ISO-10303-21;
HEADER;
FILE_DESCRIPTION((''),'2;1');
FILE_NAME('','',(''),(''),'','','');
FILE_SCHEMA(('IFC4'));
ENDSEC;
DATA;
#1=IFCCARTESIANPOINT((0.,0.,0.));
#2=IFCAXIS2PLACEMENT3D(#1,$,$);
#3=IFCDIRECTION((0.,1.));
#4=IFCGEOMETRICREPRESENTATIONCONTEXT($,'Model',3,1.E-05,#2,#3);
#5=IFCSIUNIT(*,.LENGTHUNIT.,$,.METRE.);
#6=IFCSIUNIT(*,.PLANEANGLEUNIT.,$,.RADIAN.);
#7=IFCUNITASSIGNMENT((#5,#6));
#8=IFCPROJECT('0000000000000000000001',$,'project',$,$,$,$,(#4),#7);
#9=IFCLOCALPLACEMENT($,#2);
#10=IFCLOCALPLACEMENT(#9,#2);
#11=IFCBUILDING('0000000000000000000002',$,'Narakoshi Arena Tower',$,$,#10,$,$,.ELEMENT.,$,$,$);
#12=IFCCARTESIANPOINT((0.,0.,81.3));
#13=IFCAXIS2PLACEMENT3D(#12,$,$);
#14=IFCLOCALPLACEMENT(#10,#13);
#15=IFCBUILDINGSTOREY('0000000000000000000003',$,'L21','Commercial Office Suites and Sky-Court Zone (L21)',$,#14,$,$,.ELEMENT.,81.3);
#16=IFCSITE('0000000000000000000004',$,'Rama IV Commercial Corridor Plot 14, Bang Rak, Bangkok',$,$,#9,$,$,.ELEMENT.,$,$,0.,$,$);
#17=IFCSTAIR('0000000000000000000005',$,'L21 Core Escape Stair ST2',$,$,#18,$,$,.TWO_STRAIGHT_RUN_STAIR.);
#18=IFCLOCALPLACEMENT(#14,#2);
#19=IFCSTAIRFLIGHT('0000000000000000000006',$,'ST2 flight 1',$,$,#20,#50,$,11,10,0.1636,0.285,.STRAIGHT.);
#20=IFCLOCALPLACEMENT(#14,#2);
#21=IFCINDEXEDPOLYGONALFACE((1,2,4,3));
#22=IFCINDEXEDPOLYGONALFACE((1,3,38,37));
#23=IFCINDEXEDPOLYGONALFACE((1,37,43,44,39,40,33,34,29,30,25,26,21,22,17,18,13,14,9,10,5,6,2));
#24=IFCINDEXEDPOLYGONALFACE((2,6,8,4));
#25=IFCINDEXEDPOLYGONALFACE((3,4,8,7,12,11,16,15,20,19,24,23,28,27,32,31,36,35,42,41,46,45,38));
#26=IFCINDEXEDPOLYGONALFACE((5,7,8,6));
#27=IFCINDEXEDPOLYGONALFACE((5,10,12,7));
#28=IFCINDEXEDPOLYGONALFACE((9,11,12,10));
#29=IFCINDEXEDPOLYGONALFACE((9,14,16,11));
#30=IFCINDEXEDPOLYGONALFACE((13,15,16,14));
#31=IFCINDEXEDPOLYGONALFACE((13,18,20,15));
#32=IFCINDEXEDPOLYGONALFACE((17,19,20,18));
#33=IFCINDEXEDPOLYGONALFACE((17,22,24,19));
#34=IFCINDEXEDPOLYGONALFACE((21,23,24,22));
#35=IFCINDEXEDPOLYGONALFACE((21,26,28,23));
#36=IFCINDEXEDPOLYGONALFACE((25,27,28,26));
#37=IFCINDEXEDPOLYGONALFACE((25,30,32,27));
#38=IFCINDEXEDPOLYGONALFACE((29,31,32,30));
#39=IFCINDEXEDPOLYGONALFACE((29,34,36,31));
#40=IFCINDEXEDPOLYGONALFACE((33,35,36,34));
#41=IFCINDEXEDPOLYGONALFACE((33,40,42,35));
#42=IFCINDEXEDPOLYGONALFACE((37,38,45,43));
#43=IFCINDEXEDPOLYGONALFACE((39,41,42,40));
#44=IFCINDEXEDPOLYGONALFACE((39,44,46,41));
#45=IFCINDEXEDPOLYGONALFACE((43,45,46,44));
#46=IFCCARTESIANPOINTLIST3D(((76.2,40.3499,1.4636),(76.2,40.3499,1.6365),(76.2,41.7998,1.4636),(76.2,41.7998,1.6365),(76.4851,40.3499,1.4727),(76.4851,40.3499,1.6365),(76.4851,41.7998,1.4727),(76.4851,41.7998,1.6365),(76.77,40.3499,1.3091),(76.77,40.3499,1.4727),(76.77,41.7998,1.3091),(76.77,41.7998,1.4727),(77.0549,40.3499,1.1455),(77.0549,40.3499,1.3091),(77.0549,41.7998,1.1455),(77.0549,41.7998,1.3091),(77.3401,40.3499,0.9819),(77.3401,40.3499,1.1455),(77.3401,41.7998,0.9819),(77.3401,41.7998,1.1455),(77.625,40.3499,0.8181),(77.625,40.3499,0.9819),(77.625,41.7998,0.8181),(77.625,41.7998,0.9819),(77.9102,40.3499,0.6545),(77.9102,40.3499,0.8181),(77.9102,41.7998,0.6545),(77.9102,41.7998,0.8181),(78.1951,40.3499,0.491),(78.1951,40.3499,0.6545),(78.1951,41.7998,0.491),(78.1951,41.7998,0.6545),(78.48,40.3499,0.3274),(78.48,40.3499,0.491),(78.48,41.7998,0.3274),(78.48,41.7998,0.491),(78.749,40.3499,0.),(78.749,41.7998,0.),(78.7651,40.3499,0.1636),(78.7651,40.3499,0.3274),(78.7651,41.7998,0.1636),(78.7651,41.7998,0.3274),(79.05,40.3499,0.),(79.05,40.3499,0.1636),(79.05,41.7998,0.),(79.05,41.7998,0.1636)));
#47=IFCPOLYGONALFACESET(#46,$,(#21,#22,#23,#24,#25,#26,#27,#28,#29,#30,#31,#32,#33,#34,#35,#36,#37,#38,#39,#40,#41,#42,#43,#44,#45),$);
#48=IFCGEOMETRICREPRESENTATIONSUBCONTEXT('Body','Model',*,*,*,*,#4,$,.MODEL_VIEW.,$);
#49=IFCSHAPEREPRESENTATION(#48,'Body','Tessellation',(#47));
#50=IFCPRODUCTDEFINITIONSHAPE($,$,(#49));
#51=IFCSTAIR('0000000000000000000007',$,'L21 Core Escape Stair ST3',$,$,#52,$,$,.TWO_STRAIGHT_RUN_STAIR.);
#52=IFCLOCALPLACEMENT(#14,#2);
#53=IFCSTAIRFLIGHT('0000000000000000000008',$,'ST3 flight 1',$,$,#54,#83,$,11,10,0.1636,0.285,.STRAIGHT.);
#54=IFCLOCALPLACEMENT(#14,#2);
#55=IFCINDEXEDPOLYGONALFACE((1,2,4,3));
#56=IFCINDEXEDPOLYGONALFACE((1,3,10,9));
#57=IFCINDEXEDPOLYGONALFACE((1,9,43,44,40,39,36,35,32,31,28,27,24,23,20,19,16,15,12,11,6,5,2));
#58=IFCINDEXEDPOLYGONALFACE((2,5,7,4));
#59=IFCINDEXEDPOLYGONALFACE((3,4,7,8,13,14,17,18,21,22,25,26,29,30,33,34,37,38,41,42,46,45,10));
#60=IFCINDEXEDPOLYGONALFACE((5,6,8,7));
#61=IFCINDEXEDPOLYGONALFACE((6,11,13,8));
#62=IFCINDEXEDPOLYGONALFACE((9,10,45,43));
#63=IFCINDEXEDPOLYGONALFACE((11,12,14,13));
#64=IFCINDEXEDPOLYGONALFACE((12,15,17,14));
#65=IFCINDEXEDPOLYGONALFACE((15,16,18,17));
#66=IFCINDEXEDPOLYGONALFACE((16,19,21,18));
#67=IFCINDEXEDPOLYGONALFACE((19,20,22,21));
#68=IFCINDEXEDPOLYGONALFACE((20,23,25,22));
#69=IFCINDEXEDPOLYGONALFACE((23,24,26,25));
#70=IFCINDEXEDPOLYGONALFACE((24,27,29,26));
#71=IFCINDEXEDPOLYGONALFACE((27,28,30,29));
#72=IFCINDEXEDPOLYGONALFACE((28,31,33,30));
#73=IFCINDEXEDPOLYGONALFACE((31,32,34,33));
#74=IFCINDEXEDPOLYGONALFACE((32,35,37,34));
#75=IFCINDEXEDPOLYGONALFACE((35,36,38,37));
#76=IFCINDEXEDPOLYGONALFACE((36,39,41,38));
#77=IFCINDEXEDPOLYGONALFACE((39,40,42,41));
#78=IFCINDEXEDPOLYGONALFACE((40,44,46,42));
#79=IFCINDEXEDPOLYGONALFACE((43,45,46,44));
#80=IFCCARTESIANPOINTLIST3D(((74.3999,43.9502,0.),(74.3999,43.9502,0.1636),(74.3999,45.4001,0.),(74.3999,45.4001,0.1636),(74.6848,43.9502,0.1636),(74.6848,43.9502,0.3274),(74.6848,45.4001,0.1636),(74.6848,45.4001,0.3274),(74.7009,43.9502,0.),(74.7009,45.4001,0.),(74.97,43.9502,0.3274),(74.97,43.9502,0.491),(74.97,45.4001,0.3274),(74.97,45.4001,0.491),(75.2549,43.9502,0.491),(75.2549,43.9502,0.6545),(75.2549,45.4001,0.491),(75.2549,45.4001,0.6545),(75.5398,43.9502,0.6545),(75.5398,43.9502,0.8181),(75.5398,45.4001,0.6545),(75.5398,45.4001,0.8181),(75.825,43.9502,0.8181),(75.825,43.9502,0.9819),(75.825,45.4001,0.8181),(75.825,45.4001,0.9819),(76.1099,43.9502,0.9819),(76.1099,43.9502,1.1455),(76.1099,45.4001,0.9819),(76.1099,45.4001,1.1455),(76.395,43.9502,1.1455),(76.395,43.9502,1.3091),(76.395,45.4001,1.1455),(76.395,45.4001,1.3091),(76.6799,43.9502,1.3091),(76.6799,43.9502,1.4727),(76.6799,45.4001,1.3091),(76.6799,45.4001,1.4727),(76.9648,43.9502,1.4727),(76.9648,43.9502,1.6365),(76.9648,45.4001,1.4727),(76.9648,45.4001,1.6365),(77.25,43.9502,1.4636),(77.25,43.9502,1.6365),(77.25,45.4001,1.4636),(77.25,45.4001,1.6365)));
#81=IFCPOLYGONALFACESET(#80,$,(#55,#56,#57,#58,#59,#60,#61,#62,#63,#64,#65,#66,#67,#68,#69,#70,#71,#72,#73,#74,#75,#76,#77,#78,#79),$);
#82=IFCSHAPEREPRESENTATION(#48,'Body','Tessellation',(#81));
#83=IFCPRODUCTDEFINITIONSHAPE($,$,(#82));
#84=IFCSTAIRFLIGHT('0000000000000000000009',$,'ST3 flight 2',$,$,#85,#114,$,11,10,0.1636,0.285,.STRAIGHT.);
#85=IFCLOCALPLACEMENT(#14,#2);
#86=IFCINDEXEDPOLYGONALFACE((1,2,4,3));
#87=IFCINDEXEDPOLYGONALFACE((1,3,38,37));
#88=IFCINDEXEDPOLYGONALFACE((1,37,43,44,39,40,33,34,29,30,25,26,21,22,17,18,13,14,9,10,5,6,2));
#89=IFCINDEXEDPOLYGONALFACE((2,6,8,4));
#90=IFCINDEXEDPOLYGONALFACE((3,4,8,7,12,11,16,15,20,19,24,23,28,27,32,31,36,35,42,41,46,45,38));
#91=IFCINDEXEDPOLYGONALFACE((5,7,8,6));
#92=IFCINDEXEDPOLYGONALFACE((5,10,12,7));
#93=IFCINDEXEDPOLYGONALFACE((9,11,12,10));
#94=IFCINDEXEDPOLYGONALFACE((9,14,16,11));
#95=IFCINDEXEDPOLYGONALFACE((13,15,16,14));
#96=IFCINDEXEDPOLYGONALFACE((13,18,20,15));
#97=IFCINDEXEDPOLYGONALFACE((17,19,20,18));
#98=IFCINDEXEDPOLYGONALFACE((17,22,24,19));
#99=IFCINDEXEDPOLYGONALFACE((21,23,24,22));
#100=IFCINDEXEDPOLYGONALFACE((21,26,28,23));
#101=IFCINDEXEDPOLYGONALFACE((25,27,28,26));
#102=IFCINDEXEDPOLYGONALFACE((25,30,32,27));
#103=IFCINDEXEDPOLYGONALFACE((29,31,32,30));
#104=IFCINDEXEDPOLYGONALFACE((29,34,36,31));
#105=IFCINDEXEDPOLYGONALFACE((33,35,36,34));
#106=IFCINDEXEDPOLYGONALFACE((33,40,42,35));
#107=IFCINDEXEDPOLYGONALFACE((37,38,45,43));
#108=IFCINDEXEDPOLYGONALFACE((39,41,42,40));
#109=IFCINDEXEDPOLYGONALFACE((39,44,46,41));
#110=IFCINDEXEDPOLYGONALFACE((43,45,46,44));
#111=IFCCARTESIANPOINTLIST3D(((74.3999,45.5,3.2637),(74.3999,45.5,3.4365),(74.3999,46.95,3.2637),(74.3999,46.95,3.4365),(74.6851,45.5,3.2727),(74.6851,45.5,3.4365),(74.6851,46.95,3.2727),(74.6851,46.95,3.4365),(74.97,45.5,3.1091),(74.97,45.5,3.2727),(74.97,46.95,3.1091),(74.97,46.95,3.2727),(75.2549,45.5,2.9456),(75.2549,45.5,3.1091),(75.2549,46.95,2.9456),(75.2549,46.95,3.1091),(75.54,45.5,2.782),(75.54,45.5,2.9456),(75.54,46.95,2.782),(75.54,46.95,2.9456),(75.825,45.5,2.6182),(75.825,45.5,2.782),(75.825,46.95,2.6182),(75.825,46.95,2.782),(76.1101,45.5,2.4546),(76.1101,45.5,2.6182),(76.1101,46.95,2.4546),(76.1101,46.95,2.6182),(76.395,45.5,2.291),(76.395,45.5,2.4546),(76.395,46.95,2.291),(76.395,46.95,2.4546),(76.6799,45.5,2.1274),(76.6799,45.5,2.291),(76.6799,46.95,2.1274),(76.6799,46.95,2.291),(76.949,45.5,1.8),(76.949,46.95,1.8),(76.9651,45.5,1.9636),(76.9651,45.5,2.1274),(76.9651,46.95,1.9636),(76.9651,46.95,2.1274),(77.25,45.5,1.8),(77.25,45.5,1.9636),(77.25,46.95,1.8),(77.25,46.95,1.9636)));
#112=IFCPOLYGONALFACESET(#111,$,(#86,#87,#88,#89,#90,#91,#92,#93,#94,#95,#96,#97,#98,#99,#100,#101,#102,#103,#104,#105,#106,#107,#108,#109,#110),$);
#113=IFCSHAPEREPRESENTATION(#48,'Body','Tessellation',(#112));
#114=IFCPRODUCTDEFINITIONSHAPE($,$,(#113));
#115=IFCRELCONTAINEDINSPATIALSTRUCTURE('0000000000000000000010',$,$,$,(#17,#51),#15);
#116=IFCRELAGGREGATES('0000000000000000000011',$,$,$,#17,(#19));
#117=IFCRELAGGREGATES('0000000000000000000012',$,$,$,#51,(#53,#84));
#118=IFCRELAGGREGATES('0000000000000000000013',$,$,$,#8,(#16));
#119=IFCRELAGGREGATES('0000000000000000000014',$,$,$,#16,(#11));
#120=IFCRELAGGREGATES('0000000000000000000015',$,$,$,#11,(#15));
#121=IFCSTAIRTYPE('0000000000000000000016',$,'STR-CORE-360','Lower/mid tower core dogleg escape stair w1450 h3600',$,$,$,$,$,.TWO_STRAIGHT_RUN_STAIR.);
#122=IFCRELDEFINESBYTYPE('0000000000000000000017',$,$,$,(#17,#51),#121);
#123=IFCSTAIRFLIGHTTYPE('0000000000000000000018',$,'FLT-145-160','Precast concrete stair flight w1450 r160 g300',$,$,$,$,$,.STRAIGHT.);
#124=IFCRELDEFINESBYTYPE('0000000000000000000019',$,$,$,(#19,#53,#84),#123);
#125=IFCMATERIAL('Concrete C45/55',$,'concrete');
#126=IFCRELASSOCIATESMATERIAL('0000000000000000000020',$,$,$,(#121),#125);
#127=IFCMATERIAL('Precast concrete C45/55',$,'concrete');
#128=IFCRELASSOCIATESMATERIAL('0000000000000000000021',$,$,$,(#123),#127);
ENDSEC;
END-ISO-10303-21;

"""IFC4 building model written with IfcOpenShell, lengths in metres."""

from ifc_helpers import new_model, si_unit, direction, frame, origin, place, context, subcontext, project, spatial, polyline, outline, extrude, material, type_object, element, aggregate, save


model = new_model("IFC4")

# Units and contexts
model_context = context("Model", 3, precision=1e-05, world=origin(), true_north=direction((0.0, 1.0)))
body_context = subcontext(model_context, "Body", "Model", "MODEL_VIEW")
ifc_project = project(units=[si_unit("LENGTHUNIT", "METRE"), si_unit("PLANEANGLEUNIT", "RADIAN")], contexts=[model_context])

# Site, building, storey
site_placement = place(None, origin())
site = spatial("IfcSite", under=ifc_project, at=site_placement, Name="Rama IV Commercial Corridor Plot 14, Bang Rak, Bangkok", CompositionType="ELEMENT", RefElevation=0.0)
building_placement = place(site_placement, origin())
building = spatial("IfcBuilding", under=site, at=building_placement, Name="Narakoshi Arena Tower", CompositionType="ELEMENT")
storey_placement = place(building_placement, frame((0.0, 0.0, 81.3)))
storey = spatial("IfcBuildingStorey", under=building, at=storey_placement, Name="L21", Description="Commercial Office Suites and Sky-Court Zone (L21)", CompositionType="ELEMENT", Elevation=81.3)

# Stair, stair flight
ifc_material_1 = material(Name="Concrete C45/55", Category="concrete")
stair_type = type_object("IfcStairType", Name="STR-CORE-360", Description="Lower/mid tower core dogleg escape stair w1450 h3600", PredefinedType="TWO_STRAIGHT_RUN_STAIR", material=ifc_material_1)
stair_1_placement = place(storey_placement, origin())
stair_1 = element("IfcStair", 1, at=stair_1_placement, inside=storey, type_object=stair_type, Name="L21 Core Escape Stair ST2", PredefinedType="TWO_STRAIGHT_RUN_STAIR")
ifc_material_2 = material(Name="Precast concrete C45/55", Category="concrete")
stair_flight_type = type_object("IfcStairFlightType", Name="FLT-145-160", Description="Precast concrete stair flight w1450 r160 g300", PredefinedType="STRAIGHT", material=ifc_material_2)
stair_flight_1_placement = place(storey_placement, frame((79.05, 41.075, 0.0), z_axis=(0.0, 0.0, 1.0), x_axis=(-1.0, 0.0, 0.0)))
stair_flight_1 = element("IfcStairFlight", 2, at=stair_flight_1_placement, type_object=stair_flight_type, Name="ST2 flight 1", NumberOfRisers=11, NumberOfTreads=10, PredefinedType="STRAIGHT", RiserHeight=0.1636, TreadLength=0.285, context=body_context, shape_type="SweptSolid", body=[
    extrude(outline(polyline([(0.0, 0.0), (0.0, 0.1636), (0.2849, 0.1636), (0.2849, 0.3274), (0.5701, 0.3274), (0.5701, 0.491), (0.855, 0.491), (0.855, 0.6545), (1.1399, 0.6545), (1.1399, 0.8181), (1.425, 0.8181), (1.425, 0.9819), (1.71, 0.9819), (1.71, 1.1455), (1.9951, 1.1455), (1.9951, 1.3091), (2.28, 1.3091), (2.28, 1.4727), (2.5649, 1.4727), (2.5649, 1.6365), (2.8501, 1.6365), (2.8501, 1.8), (2.8501, 1.4636), (0.301, 0.0), (0.0, 0.0)])), frame((0.0, 0.7251, 0.0), z_axis=(0.0, -1.0, 0.0), x_axis=(1.0, 0.0, 0.0)), (0.0, 0.0, 1.0), 1.45),
])
aggregate(stair_1, [stair_flight_1])

# Stair, stair flights
stair_2_placement = place(storey_placement, origin())
stair_2 = element("IfcStair", 3, at=stair_2_placement, inside=storey, type_object=stair_type, Name="L21 Core Escape Stair ST3", PredefinedType="TWO_STRAIGHT_RUN_STAIR")
stair_flight_2_placement = place(storey_placement, frame((74.3999, 44.675, 0.0), z_axis=(0.0, 0.0, 1.0), x_axis=(1.0, 0.0, 0.0)))
stair_flight_2 = element("IfcStairFlight", 4, at=stair_flight_2_placement, type_object=stair_flight_type, Name="ST3 flight 1", NumberOfRisers=11, NumberOfTreads=10, PredefinedType="STRAIGHT", RiserHeight=0.1636, TreadLength=0.285, context=body_context, shape_type="SweptSolid", body=[
    extrude(outline(polyline([(0.0, 0.0), (0.0, 0.1636), (0.2849, 0.1636), (0.2849, 0.3274), (0.5701, 0.3274), (0.5701, 0.491), (0.855, 0.491), (0.855, 0.6545), (1.1399, 0.6545), (1.1399, 0.8181), (1.425, 0.8181), (1.425, 0.9819), (1.71, 0.9819), (1.71, 1.1455), (1.9951, 1.1455), (1.9951, 1.3091), (2.28, 1.3091), (2.28, 1.4727), (2.5649, 1.4727), (2.5649, 1.6365), (2.8501, 1.6365), (2.8501, 1.8), (2.8501, 1.4636), (0.301, 0.0), (0.0, 0.0)])), frame((0.0, 0.7251, 0.0), z_axis=(0.0, -1.0, 0.0), x_axis=(1.0, 0.0, 0.0)), (0.0, 0.0, 1.0), 1.45),
])
stair_flight_3_placement = place(storey_placement, frame((77.25, 46.2251, 1.8), z_axis=(0.0, 0.0, 1.0), x_axis=(-1.0, 0.0, 0.0)))
stair_flight_3 = element("IfcStairFlight", 5, at=stair_flight_3_placement, type_object=stair_flight_type, Name="ST3 flight 2", NumberOfRisers=11, NumberOfTreads=10, PredefinedType="STRAIGHT", RiserHeight=0.1636, TreadLength=0.285, context=body_context, shape_type="SweptSolid", body=[
    extrude(outline(polyline([(0.0, 0.0), (0.0, 0.1636), (0.2849, 0.1636), (0.2849, 0.3274), (0.5701, 0.3274), (0.5701, 0.491), (0.855, 0.491), (0.855, 0.6545), (1.1399, 0.6545), (1.1399, 0.8181), (1.425, 0.8181), (1.425, 0.9819), (1.71, 0.9819), (1.71, 1.1455), (1.9951, 1.1455), (1.9951, 1.3091), (2.28, 1.3091), (2.28, 1.4727), (2.5649, 1.4727), (2.5649, 1.6365), (2.8501, 1.6365), (2.8501, 1.8), (2.8501, 1.4636), (0.301, 0.0), (0.0, 0.0)])), frame((0.0, 0.7251, 0.0), z_axis=(0.0, -1.0, 0.0), x_axis=(1.0, 0.0, 0.0)), (0.0, 0.0, 1.0), 1.45),
])
aggregate(stair_2, [stair_flight_2, stair_flight_3])

save(model, "model.ifc")
